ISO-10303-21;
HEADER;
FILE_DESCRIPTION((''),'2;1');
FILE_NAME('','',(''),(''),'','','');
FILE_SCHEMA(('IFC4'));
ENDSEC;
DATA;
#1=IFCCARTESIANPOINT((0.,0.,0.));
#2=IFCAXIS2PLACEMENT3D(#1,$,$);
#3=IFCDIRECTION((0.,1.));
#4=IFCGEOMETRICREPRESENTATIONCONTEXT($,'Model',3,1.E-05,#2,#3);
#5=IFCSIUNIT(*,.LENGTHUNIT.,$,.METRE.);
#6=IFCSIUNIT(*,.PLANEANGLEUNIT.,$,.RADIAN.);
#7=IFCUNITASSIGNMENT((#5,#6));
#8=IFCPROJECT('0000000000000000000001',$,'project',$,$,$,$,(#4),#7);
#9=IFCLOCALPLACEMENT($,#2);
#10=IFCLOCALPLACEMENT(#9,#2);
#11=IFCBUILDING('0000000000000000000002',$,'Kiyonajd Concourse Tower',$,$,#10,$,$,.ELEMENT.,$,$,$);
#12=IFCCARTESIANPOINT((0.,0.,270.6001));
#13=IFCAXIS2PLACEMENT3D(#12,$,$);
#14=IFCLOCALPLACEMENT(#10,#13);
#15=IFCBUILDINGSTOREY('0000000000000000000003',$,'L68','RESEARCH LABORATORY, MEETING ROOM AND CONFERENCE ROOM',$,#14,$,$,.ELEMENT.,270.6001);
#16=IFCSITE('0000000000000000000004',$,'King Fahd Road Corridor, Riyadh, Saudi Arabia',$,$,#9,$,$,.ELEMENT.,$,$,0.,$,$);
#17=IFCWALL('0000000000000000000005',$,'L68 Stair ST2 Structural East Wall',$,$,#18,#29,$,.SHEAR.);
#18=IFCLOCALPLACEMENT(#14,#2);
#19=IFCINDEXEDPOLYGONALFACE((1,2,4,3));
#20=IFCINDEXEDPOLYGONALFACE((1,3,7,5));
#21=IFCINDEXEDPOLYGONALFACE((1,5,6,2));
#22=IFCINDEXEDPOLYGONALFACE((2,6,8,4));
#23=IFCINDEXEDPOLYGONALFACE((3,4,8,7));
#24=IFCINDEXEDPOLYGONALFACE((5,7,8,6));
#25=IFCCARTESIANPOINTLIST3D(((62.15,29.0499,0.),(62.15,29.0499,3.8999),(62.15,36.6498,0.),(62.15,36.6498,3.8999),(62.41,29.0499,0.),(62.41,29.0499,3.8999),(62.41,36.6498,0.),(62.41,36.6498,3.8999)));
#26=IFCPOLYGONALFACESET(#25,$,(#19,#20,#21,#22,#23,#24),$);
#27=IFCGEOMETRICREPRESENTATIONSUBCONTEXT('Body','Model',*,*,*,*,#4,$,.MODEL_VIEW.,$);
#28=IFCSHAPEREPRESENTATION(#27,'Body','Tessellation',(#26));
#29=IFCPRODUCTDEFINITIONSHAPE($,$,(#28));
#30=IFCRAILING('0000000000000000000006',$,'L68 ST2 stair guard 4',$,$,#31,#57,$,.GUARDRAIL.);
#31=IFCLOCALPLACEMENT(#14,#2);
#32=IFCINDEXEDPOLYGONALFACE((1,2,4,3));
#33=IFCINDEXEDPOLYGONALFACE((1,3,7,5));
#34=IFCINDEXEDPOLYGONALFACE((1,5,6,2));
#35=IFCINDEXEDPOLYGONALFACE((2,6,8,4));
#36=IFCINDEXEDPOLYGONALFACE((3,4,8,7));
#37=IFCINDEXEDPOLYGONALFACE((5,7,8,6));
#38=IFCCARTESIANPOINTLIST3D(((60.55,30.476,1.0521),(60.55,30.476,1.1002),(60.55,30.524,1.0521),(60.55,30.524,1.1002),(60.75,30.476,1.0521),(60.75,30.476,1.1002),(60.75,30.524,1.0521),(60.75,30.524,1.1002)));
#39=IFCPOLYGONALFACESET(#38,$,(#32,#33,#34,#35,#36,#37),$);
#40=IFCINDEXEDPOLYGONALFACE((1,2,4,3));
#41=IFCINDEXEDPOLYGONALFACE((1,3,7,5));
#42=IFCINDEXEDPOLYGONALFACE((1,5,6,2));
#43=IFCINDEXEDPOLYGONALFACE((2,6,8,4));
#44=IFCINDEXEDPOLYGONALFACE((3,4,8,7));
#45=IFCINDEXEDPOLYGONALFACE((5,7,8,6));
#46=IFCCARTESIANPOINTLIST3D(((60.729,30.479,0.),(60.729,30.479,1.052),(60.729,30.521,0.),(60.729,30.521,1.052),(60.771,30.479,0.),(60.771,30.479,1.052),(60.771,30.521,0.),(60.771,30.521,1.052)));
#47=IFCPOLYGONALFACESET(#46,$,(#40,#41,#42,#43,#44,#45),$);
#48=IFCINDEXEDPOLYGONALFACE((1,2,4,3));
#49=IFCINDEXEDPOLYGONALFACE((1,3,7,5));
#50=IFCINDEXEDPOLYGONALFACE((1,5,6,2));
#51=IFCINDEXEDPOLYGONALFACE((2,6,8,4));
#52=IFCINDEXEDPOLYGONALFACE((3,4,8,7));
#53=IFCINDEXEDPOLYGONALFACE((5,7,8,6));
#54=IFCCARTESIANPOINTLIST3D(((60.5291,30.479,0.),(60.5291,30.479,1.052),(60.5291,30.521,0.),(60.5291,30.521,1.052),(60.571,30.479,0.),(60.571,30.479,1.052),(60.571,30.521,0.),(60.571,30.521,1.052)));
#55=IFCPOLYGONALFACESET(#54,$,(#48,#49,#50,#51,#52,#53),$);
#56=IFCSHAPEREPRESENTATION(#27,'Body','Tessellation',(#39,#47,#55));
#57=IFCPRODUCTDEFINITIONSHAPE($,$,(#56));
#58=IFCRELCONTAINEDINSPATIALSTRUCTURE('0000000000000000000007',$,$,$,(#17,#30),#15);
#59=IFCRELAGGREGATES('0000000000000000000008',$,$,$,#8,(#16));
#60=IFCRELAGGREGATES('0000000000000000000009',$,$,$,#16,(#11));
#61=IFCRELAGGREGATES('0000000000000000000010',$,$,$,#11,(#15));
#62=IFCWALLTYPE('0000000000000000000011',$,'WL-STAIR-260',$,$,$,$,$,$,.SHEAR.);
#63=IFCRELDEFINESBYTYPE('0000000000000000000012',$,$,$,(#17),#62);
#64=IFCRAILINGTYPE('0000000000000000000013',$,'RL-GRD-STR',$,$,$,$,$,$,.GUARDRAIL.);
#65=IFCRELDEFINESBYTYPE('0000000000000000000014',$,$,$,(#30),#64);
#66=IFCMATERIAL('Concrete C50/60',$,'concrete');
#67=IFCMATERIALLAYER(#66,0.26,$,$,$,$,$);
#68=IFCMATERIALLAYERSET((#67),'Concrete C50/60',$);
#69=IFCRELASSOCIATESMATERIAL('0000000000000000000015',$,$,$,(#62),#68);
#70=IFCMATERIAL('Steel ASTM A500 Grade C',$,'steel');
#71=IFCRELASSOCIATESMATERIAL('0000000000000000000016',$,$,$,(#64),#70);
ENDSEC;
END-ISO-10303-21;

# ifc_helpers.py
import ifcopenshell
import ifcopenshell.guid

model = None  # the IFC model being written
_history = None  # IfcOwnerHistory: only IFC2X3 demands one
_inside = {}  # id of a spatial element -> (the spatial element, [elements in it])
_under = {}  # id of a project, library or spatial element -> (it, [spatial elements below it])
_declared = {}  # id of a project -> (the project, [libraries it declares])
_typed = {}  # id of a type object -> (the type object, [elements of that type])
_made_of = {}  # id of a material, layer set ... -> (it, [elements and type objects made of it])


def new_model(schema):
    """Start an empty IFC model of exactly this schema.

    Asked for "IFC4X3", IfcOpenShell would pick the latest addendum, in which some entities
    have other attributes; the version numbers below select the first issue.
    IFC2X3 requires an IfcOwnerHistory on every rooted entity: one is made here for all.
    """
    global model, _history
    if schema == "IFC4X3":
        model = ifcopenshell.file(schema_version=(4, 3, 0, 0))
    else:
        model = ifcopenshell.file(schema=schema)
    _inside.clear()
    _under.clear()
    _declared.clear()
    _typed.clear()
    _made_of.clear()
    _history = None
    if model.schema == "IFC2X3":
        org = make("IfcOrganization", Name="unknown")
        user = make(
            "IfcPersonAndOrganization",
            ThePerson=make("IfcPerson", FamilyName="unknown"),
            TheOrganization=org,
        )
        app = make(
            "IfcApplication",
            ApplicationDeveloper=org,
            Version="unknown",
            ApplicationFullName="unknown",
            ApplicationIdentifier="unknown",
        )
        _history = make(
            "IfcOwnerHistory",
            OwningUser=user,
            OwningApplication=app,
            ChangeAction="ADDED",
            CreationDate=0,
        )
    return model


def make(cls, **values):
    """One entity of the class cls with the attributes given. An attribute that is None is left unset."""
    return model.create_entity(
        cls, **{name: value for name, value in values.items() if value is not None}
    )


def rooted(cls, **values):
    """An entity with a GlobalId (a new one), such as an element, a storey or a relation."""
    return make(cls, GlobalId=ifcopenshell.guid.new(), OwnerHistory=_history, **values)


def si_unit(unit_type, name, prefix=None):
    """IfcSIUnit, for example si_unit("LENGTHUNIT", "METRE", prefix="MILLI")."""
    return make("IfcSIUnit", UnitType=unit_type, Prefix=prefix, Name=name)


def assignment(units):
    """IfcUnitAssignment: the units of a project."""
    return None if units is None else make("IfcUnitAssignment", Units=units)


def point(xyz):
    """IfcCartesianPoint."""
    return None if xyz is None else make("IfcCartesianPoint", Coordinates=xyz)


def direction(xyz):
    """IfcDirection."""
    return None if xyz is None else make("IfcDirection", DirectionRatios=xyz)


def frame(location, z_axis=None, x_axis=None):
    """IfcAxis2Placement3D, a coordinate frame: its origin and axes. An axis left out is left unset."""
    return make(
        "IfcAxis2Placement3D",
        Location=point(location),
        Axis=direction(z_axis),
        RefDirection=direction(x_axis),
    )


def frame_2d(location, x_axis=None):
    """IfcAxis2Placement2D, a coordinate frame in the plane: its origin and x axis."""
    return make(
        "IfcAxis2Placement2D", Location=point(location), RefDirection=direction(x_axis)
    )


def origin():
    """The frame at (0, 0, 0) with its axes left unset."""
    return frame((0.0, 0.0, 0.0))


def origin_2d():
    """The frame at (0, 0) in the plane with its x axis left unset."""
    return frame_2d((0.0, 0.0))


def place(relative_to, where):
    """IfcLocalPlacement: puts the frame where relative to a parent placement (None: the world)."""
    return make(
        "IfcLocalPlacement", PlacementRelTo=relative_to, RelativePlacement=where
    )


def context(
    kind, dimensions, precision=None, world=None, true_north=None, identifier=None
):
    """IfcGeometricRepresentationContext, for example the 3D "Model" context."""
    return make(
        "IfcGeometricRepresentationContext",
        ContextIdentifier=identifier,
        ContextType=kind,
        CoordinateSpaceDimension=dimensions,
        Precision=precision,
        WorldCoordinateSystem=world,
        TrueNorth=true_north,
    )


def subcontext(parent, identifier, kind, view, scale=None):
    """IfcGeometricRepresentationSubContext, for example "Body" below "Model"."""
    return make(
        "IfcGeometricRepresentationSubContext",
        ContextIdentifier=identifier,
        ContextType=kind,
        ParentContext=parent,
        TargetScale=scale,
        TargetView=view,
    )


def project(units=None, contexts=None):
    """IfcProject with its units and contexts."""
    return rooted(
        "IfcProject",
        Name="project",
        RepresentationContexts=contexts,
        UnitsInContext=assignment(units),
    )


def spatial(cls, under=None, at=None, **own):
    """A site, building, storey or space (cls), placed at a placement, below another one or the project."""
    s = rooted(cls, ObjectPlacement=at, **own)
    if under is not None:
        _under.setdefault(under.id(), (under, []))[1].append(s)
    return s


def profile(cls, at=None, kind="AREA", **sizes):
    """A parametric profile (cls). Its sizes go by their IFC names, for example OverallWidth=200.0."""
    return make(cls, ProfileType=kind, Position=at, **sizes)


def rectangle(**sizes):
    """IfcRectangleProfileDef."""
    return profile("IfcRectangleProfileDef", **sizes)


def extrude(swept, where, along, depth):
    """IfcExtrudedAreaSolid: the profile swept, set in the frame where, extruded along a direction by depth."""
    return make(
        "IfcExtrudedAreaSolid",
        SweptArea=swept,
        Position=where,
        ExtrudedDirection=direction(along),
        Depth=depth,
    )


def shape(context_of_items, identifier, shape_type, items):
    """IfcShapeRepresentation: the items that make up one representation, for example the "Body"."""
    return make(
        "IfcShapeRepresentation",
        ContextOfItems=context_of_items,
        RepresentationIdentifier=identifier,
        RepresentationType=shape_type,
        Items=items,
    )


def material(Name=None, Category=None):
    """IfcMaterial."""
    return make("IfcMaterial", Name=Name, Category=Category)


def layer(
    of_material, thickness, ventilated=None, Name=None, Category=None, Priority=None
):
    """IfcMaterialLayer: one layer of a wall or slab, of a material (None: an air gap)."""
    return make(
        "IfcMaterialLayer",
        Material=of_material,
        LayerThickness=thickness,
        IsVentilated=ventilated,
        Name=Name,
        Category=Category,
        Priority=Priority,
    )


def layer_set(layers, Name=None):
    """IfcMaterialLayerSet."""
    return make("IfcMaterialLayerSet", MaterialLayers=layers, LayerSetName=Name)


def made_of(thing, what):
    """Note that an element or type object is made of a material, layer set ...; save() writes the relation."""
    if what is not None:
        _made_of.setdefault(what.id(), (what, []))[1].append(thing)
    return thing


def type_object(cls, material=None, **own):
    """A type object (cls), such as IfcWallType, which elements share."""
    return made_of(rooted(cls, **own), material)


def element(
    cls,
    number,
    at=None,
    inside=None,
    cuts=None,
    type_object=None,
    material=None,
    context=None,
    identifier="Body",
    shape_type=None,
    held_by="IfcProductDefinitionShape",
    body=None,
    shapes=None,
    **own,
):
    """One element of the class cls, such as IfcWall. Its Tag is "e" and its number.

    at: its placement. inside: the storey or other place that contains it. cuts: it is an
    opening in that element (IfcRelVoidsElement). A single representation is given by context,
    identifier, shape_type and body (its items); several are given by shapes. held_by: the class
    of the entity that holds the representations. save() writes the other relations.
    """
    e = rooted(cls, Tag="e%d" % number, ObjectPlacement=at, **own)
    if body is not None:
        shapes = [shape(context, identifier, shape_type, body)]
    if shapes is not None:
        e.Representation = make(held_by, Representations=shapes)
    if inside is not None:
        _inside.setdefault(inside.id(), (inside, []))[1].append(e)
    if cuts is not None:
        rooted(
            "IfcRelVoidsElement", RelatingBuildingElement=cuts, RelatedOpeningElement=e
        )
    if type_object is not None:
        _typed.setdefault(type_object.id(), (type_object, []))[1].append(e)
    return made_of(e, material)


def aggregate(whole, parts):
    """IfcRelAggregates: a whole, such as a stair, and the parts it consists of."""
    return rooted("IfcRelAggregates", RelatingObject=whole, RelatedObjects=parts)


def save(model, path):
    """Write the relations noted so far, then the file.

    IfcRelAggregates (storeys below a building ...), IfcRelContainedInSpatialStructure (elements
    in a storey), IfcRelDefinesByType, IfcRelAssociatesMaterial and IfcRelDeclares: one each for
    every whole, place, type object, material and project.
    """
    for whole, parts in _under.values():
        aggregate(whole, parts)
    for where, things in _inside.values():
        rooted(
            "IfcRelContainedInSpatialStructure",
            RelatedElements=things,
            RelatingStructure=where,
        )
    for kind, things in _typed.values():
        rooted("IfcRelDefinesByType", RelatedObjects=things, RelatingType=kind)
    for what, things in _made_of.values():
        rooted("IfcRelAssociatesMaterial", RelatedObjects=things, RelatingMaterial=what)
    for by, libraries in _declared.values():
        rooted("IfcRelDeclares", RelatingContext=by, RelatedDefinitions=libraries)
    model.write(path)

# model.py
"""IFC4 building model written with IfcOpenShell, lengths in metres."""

from ifc_helpers import new_model, si_unit, direction, frame, frame_2d, origin, origin_2d, place, context, subcontext, project, spatial, rectangle, extrude, material, layer, layer_set, type_object, element, save


model = new_model("IFC4")

# Units and contexts
model_context = context("Model", 3, precision=1e-05, world=origin(), true_north=direction((0.0, 1.0)))
body_context = subcontext(model_context, "Body", "Model", "MODEL_VIEW")
ifc_project = project(units=[si_unit("LENGTHUNIT", "METRE"), si_unit("PLANEANGLEUNIT", "RADIAN")], contexts=[model_context])

# Site, building, storey
site_placement = place(None, origin())
site = spatial("IfcSite", under=ifc_project, at=site_placement, Name="King Fahd Road Corridor, Riyadh, Saudi Arabia", CompositionType="ELEMENT", RefElevation=0.0)
building_placement = place(site_placement, origin())
building = spatial("IfcBuilding", under=site, at=building_placement, Name="Kiyonajd Concourse Tower", CompositionType="ELEMENT")
storey_placement = place(building_placement, frame((0.0, 0.0, 270.6001)))
storey = spatial("IfcBuildingStorey", under=building, at=storey_placement, Name="L68", Description="RESEARCH LABORATORY, MEETING ROOM AND CONFERENCE ROOM", CompositionType="ELEMENT", Elevation=270.6001)

# Shared definitions
ifc_material_1 = material(Name="Concrete C50/60", Category="concrete")
ifc_layer_1 = layer(ifc_material_1, 0.26)
ifc_layer_set_1 = layer_set([ifc_layer_1], Name="Concrete C50/60")
wall_type_1 = type_object("IfcWallType", Name="WL-STAIR-260", PredefinedType="SHEAR", material=ifc_layer_set_1)

# Wall
wall_1_placement = place(storey_placement, frame((62.28, 29.05, 0.0), z_axis=(0.0, 0.0, 1.0), x_axis=(0.0, 1.0, 0.0)))
element("IfcWall", 1, at=wall_1_placement, inside=storey, type_object=wall_type_1, Name="L68 Stair ST2 Structural East Wall", PredefinedType="SHEAR", context=body_context, shape_type="SweptSolid", body=[
    extrude(rectangle(XDim=7.5999, YDim=0.26, at=frame_2d((3.7998, 0.0))), origin(), (0.0, 0.0, 1.0), 3.8999),
])

# Railing
ifc_material_2 = material(Name="Steel ASTM A500 Grade C", Category="steel")
railing_type = type_object("IfcRailingType", Name="RL-GRD-STR", PredefinedType="GUARDRAIL", material=ifc_material_2)
railing_placement = place(storey_placement, frame((60.75, 30.5, 0.0)))
element("IfcRailing", 2, at=railing_placement, inside=storey, type_object=railing_type, Name="L68 ST2 stair guard 4", PredefinedType="GUARDRAIL", context=body_context, shape_type="SweptSolid", body=[
    extrude(rectangle(XDim=0.0481, YDim=0.0481, at=origin_2d()), frame((0.0, 0.0, 1.0762), z_axis=(-1.0, 0.0, 0.0), x_axis=(0.0, -1.0, 0.0)), (0.0, 0.0, 1.0), 0.2),
    extrude(rectangle(XDim=0.042, YDim=0.042, at=origin_2d()), origin(), (0.0, 0.0, 1.0), 1.052),
    extrude(rectangle(XDim=0.042, YDim=0.042, at=origin_2d()), frame((-0.2, 0.0, 0.0)), (0.0, 0.0, 1.0), 1.052),
])

save(model, "model.ifc")
